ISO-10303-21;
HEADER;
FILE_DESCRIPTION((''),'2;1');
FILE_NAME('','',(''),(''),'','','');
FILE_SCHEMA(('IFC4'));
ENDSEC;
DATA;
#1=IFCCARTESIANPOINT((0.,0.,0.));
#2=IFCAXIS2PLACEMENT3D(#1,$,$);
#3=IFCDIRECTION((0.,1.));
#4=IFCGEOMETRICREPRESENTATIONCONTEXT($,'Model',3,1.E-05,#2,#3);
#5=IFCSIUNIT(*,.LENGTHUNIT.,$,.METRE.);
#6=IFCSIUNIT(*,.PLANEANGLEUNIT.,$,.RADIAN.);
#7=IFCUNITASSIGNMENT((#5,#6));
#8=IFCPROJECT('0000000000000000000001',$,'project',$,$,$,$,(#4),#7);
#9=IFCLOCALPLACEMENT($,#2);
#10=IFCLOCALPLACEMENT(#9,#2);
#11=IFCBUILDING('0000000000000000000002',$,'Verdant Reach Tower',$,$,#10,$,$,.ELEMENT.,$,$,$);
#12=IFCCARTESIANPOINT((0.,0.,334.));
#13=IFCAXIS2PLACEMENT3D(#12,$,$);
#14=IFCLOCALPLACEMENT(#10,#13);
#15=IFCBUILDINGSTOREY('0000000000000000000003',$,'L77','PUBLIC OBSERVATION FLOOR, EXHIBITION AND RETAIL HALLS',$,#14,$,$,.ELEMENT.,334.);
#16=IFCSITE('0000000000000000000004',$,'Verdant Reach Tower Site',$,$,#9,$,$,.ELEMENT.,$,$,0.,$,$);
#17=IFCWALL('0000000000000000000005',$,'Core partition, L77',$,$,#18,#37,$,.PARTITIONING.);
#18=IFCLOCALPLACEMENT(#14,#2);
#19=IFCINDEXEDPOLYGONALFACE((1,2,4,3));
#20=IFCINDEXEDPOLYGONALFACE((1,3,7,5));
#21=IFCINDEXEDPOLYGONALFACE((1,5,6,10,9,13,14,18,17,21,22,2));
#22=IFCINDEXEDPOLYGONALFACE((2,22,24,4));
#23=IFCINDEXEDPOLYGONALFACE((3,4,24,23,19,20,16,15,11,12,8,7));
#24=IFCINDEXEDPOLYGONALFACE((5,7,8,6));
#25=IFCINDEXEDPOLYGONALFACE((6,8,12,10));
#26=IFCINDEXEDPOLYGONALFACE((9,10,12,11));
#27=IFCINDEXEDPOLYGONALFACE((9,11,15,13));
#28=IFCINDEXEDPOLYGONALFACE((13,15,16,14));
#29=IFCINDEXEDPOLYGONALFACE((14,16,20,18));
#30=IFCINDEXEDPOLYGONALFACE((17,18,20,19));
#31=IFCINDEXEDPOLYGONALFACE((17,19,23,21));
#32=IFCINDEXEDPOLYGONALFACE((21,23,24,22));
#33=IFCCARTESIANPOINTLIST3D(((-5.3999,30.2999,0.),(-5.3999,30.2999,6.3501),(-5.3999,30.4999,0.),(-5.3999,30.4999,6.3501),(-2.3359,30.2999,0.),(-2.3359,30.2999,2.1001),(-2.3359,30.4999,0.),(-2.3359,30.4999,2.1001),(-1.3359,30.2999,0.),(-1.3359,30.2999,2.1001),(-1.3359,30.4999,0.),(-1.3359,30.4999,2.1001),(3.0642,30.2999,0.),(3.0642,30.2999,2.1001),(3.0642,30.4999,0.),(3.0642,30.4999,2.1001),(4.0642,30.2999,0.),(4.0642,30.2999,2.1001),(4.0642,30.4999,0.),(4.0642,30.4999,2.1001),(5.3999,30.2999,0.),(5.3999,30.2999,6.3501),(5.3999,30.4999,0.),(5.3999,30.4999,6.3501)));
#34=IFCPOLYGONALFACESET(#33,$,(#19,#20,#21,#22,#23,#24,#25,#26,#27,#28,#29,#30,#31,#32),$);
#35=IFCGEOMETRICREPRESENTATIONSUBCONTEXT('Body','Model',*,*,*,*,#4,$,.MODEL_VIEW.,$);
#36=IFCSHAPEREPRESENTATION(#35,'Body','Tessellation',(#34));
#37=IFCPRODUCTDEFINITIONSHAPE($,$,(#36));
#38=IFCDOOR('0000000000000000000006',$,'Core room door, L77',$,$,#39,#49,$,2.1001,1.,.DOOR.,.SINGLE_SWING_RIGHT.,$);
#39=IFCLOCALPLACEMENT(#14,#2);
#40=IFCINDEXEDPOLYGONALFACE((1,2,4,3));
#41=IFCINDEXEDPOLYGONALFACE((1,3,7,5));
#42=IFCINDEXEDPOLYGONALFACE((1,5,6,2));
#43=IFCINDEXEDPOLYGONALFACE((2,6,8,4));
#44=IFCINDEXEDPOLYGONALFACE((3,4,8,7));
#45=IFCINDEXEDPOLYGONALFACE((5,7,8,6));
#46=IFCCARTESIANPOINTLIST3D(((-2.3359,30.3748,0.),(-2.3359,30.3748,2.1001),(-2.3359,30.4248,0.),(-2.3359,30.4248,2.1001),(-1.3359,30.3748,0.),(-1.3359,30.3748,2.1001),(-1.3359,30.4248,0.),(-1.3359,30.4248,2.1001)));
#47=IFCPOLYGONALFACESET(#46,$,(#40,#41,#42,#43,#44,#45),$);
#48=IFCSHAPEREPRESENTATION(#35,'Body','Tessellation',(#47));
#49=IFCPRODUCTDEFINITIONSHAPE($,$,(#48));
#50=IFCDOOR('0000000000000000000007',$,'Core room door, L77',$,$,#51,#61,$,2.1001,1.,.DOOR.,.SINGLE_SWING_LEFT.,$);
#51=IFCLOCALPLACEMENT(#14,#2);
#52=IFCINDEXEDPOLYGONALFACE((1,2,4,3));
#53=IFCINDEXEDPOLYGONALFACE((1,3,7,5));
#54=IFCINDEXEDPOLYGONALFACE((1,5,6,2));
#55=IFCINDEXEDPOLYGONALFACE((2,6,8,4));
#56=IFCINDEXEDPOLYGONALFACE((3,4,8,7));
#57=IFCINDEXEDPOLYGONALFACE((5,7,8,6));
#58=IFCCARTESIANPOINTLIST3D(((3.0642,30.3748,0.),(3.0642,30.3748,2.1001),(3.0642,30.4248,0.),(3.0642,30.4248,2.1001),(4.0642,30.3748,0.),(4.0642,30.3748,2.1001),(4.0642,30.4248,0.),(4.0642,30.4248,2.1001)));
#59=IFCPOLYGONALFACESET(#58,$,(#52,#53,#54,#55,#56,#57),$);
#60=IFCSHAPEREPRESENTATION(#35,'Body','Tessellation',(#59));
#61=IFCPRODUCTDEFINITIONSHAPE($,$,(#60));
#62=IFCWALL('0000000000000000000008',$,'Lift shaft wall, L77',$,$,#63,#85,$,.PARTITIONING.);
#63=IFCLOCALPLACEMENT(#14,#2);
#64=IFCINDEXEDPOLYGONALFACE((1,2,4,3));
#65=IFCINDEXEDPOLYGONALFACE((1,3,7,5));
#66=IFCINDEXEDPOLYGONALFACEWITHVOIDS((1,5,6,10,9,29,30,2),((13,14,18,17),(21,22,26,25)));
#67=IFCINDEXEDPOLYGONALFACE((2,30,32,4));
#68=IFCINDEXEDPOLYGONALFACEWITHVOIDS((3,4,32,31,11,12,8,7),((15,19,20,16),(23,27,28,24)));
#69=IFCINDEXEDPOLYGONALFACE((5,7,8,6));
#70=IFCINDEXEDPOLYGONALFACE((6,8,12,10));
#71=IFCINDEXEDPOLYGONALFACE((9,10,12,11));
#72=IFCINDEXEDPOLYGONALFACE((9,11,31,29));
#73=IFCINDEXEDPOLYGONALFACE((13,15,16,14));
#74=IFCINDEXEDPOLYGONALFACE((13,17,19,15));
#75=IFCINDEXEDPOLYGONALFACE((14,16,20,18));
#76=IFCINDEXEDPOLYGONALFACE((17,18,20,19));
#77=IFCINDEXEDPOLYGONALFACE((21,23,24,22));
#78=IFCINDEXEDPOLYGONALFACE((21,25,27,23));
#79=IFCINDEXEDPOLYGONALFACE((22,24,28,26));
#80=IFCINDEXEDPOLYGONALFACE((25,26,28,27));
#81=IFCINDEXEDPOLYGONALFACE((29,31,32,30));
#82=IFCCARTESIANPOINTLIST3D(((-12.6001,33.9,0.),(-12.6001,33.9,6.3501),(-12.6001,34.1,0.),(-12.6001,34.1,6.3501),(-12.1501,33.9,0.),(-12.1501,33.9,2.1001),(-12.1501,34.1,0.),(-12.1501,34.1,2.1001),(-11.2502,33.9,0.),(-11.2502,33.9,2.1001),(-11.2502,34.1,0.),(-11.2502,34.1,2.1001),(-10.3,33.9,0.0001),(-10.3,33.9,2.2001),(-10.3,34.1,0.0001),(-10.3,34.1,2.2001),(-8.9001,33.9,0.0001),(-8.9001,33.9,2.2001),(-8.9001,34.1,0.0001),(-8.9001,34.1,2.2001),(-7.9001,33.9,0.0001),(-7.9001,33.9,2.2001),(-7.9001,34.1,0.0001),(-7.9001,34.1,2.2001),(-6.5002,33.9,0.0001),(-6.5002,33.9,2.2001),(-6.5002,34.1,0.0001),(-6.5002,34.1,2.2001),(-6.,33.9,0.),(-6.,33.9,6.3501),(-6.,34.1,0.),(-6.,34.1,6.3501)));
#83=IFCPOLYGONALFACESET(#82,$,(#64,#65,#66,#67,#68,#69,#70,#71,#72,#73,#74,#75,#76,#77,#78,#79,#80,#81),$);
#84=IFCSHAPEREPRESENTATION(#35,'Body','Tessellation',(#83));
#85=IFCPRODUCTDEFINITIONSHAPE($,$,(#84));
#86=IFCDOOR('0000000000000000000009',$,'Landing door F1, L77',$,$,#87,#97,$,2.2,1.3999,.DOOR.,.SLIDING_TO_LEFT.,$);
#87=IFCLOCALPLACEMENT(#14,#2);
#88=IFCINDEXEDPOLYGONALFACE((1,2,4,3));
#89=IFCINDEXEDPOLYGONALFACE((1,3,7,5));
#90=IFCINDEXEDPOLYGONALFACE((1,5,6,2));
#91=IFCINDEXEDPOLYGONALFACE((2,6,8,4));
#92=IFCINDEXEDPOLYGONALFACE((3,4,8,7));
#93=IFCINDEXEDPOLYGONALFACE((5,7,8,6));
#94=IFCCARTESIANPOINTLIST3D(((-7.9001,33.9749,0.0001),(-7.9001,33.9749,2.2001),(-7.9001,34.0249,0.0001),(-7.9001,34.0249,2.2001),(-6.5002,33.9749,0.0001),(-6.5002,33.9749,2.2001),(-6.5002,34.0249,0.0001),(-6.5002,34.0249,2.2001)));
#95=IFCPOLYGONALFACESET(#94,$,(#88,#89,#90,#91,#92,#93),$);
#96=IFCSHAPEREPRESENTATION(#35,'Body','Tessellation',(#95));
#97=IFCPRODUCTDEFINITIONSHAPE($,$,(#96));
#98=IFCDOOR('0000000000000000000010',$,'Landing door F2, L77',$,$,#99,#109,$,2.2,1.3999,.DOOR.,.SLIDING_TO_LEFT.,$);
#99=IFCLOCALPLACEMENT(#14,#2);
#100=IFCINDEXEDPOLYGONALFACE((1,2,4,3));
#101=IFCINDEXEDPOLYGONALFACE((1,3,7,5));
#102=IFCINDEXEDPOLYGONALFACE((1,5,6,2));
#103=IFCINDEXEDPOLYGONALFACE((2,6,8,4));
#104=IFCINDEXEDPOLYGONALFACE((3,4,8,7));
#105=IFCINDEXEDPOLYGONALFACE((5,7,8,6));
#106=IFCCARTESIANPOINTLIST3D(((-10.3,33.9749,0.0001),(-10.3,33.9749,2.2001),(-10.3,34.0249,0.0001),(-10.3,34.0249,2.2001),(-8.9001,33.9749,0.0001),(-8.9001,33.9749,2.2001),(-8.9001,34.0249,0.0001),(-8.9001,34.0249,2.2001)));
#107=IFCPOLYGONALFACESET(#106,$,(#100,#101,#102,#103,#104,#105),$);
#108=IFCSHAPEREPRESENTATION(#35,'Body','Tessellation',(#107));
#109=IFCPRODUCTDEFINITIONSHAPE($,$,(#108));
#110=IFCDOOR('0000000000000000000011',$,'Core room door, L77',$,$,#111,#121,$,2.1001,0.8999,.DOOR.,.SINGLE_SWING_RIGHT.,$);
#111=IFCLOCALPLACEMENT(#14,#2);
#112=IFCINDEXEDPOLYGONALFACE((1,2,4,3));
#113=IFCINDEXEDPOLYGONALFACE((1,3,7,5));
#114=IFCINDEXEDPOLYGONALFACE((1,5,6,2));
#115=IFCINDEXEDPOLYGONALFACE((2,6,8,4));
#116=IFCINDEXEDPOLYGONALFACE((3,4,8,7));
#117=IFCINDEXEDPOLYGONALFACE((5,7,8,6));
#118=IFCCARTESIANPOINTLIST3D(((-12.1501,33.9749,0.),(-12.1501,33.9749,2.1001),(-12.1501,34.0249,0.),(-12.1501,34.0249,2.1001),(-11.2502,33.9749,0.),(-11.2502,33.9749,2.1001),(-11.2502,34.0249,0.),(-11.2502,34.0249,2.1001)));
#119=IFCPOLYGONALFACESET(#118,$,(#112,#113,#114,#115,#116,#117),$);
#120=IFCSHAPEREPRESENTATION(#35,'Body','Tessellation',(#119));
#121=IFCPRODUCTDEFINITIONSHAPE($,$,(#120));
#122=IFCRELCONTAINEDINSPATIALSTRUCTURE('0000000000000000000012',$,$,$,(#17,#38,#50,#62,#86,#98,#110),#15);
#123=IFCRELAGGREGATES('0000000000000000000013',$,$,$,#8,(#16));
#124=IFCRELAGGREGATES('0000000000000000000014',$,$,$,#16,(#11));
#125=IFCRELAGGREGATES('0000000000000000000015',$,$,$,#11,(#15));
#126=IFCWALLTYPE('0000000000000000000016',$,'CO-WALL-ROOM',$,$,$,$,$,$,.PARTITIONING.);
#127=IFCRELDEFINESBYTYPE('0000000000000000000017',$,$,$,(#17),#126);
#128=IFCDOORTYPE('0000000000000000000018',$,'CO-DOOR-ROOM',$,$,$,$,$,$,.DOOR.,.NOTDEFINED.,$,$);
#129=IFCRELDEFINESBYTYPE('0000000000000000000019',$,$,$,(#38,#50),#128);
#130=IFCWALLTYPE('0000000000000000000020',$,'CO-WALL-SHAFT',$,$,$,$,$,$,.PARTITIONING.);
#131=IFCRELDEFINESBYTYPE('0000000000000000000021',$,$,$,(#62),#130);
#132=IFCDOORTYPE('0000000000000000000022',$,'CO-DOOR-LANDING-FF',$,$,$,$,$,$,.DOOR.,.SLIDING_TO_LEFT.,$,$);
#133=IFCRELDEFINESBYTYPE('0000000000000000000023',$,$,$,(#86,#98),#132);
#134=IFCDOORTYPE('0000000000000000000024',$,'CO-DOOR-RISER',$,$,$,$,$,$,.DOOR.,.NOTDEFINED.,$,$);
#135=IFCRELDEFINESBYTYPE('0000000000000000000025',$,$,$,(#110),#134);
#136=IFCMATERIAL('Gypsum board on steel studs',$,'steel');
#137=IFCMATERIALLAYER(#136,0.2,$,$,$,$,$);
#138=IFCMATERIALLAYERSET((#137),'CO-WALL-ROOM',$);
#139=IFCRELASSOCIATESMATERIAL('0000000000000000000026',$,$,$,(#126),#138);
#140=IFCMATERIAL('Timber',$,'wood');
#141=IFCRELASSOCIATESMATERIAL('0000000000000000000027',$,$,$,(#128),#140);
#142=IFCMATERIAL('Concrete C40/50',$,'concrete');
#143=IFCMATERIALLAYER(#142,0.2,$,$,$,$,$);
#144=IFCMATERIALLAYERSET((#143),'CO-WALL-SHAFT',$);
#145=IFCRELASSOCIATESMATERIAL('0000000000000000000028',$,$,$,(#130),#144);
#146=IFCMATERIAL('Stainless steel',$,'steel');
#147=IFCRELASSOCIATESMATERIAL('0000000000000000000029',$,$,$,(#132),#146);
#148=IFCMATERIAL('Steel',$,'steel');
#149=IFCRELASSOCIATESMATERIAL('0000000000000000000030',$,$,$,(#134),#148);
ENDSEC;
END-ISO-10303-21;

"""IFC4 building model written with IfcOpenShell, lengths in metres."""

from ifc_helpers import new_model, si_unit, direction, frame, frame_2d, origin, place, context, subcontext, project, spatial, rectangle, extrude, material, layer, layer_set, type_object, element, fill, save


model = new_model("IFC4")

# Units and contexts
model_context = context("Model", 3, precision=1e-05, world=origin(), true_north=direction((0.0, 1.0)))
body_context = subcontext(model_context, "Body", "Model", "MODEL_VIEW")
ifc_project = project(units=[si_unit("LENGTHUNIT", "METRE"), si_unit("PLANEANGLEUNIT", "RADIAN")], contexts=[model_context])

# Site, building, storey
site_placement = place(None, origin())
site = spatial("IfcSite", under=ifc_project, at=site_placement, Name="Verdant Reach Tower Site", CompositionType="ELEMENT", RefElevation=0.0)
building_placement = place(site_placement, origin())
building = spatial("IfcBuilding", under=site, at=building_placement, Name="Verdant Reach Tower", CompositionType="ELEMENT")
storey_placement = place(building_placement, frame((0.0, 0.0, 334.0)))
storey = spatial("IfcBuildingStorey", under=building, at=storey_placement, Name="L77", Description="PUBLIC OBSERVATION FLOOR, EXHIBITION AND RETAIL HALLS", CompositionType="ELEMENT", Elevation=334.0)

# Walls, openings, doors
ifc_material_1 = material(Name="Gypsum board on steel studs", Category="steel")
ifc_layer_1 = layer(ifc_material_1, 0.2)
ifc_layer_set_1 = layer_set([ifc_layer_1], Name="CO-WALL-ROOM")
wall_type_1 = type_object("IfcWallType", Name="CO-WALL-ROOM", PredefinedType="PARTITIONING", material=ifc_layer_set_1)
wall_1_placement = place(storey_placement, frame((-5.3999, 30.3999, 0.0), z_axis=(0.0, 0.0, 1.0), x_axis=(1.0, 0.0, 0.0)))
wall_1 = element("IfcWall", 1, at=wall_1_placement, inside=storey, type_object=wall_type_1, Name="Core partition, L77", PredefinedType="PARTITIONING", context=body_context, shape_type="SweptSolid", body=[
    extrude(rectangle(XDim=10.7998, YDim=0.2, at=frame_2d((5.3999, 0.0))), origin(), (0.0, 0.0, 1.0), 6.3501),
])
opening_1_placement = place(wall_1_placement, frame((3.064, 0.0, 0.0)))
opening_1 = element("IfcOpeningElement", 2, at=opening_1_placement, cuts=wall_1, PredefinedType="OPENING", context=body_context, shape_type="SweptSolid", body=[
    extrude(rectangle(XDim=1.0, YDim=2.1001, at=frame_2d((0.5, 1.05))), frame((0.0, 0.1099, 0.0), z_axis=(0.0, -1.0, 0.0), x_axis=(1.0, 0.0, 0.0)), (0.0, 0.0, 1.0), 0.22),
])
opening_2_placement = place(wall_1_placement, frame((8.4641, 0.0, 0.0)))
opening_2 = element("IfcOpeningElement", 3, at=opening_2_placement, cuts=wall_1, PredefinedType="OPENING", context=body_context, shape_type="SweptSolid", body=[
    extrude(rectangle(XDim=1.0, YDim=2.1001, at=frame_2d((0.5, 1.05))), frame((0.0, 0.1099, 0.0), z_axis=(0.0, -1.0, 0.0), x_axis=(1.0, 0.0, 0.0)), (0.0, 0.0, 1.0), 0.22),
])
ifc_material_2 = material(Name="Timber", Category="wood")
door_type_1 = type_object("IfcDoorType", Name="CO-DOOR-ROOM", OperationType="NOTDEFINED", PredefinedType="DOOR", material=ifc_material_2)
door_1_placement = place(opening_1_placement, origin())
door_1 = element("IfcDoor", 4, at=door_1_placement, inside=storey, type_object=door_type_1, Name="Core room door, L77", OperationType="SINGLE_SWING_RIGHT", OverallHeight=2.1001, OverallWidth=1.0, PredefinedType="DOOR", context=body_context, shape_type="SweptSolid", body=[
    extrude(rectangle(XDim=1.0, YDim=2.1001, at=frame_2d((0.5, 1.05))), frame((0.0, 0.0249, 0.0), z_axis=(0.0, -1.0, 0.0), x_axis=(1.0, 0.0, 0.0)), (0.0, 0.0, 1.0), 0.05),
])
fill(opening_1, door_1)
door_2_placement = place(opening_2_placement, origin())
door_2 = element("IfcDoor", 5, at=door_2_placement, inside=storey, type_object=door_type_1, Name="Core room door, L77", OperationType="SINGLE_SWING_LEFT", OverallHeight=2.1001, OverallWidth=1.0, PredefinedType="DOOR", context=body_context, shape_type="SweptSolid", body=[
    extrude(rectangle(XDim=1.0, YDim=2.1001, at=frame_2d((0.5, 1.05))), frame((0.0, 0.0249, 0.0), z_axis=(0.0, -1.0, 0.0), x_axis=(1.0, 0.0, 0.0)), (0.0, 0.0, 1.0), 0.05),
])
fill(opening_2, door_2)
ifc_material_3 = material(Name="Concrete C40/50", Category="concrete")
ifc_layer_2 = layer(ifc_material_3, 0.2)
ifc_layer_set_2 = layer_set([ifc_layer_2], Name="CO-WALL-SHAFT")
wall_type_2 = type_object("IfcWallType", Name="CO-WALL-SHAFT", PredefinedType="PARTITIONING", material=ifc_layer_set_2)
wall_2_placement = place(storey_placement, frame((-12.6001, 34.0, 0.0), z_axis=(0.0, 0.0, 1.0), x_axis=(1.0, 0.0, 0.0)))
wall_2 = element("IfcWall", 6, at=wall_2_placement, inside=storey, type_object=wall_type_2, Name="Lift shaft wall, L77", PredefinedType="PARTITIONING", context=body_context, shape_type="SweptSolid", body=[
    extrude(rectangle(XDim=6.6001, YDim=0.2, at=frame_2d((3.3, 0.0))), origin(), (0.0, 0.0, 1.0), 6.3501),
])
opening_3_placement = place(wall_2_placement, frame((4.7, 0.0, 0.0)))
opening_3 = element("IfcOpeningElement", 7, at=opening_3_placement, cuts=wall_2, PredefinedType="OPENING", context=body_context, shape_type="SweptSolid", body=[
    extrude(rectangle(XDim=1.3999, YDim=2.2, at=frame_2d((0.7, 1.1001))), frame((0.0, 0.1099, 0.0), z_axis=(0.0, -1.0, 0.0), x_axis=(1.0, 0.0, 0.0)), (0.0, 0.0, 1.0), 0.22),
])
opening_4_placement = place(wall_2_placement, frame((2.3, 0.0, 0.0)))
opening_4 = element("IfcOpeningElement", 8, at=opening_4_placement, cuts=wall_2, PredefinedType="OPENING", context=body_context, shape_type="SweptSolid", body=[
    extrude(rectangle(XDim=1.3999, YDim=2.2, at=frame_2d((0.7, 1.1001))), frame((0.0, 0.1099, 0.0), z_axis=(0.0, -1.0, 0.0), x_axis=(1.0, 0.0, 0.0)), (0.0, 0.0, 1.0), 0.22),
])
opening_5_placement = place(wall_2_placement, frame((0.45, 0.0, 0.0)))
opening_5 = element("IfcOpeningElement", 9, at=opening_5_placement, cuts=wall_2, PredefinedType="OPENING", context=body_context, shape_type="SweptSolid", body=[
    extrude(rectangle(XDim=0.8999, YDim=2.1001, at=frame_2d((0.45, 1.05))), frame((0.0, 0.1099, 0.0), z_axis=(0.0, -1.0, 0.0), x_axis=(1.0, 0.0, 0.0)), (0.0, 0.0, 1.0), 0.22),
])
ifc_material_4 = material(Name="Stainless steel", Category="steel")
door_type_2 = type_object("IfcDoorType", Name="CO-DOOR-LANDING-FF", OperationType="SLIDING_TO_LEFT", PredefinedType="DOOR", material=ifc_material_4)
door_3_placement = place(opening_3_placement, origin())
door_3 = element("IfcDoor", 10, at=door_3_placement, inside=storey, type_object=door_type_2, Name="Landing door F1, L77", OperationType="SLIDING_TO_LEFT", OverallHeight=2.2, OverallWidth=1.3999, PredefinedType="DOOR", context=body_context, shape_type="SweptSolid", body=[
    extrude(rectangle(XDim=1.3999, YDim=2.2, at=frame_2d((0.7, 1.1001))), frame((0.0, 0.0249, 0.0), z_axis=(0.0, -1.0, 0.0), x_axis=(1.0, 0.0, 0.0)), (0.0, 0.0, 1.0), 0.05),
])
fill(opening_3, door_3)
door_4_placement = place(opening_4_placement, origin())
door_4 = element("IfcDoor", 11, at=door_4_placement, inside=storey, type_object=door_type_2, Name="Landing door F2, L77", OperationType="SLIDING_TO_LEFT", OverallHeight=2.2, OverallWidth=1.3999, PredefinedType="DOOR", context=body_context, shape_type="SweptSolid", body=[
    extrude(rectangle(XDim=1.3999, YDim=2.2, at=frame_2d((0.7, 1.1001))), frame((0.0, 0.0249, 0.0), z_axis=(0.0, -1.0, 0.0), x_axis=(1.0, 0.0, 0.0)), (0.0, 0.0, 1.0), 0.05),
])
fill(opening_4, door_4)
ifc_material_5 = material(Name="Steel", Category="steel")
door_type_3 = type_object("IfcDoorType", Name="CO-DOOR-RISER", OperationType="NOTDEFINED", PredefinedType="DOOR", material=ifc_material_5)
door_5_placement = place(opening_5_placement, origin())
door_5 = element("IfcDoor", 12, at=door_5_placement, inside=storey, type_object=door_type_3, Name="Core room door, L77", OperationType="SINGLE_SWING_RIGHT", OverallHeight=2.1001, OverallWidth=0.8999, PredefinedType="DOOR", context=body_context, shape_type="SweptSolid", body=[
    extrude(rectangle(XDim=0.8999, YDim=2.1001, at=frame_2d((0.45, 1.05))), frame((0.0, 0.0249, 0.0), z_axis=(0.0, -1.0, 0.0), x_axis=(1.0, 0.0, 0.0)), (0.0, 0.0, 1.0), 0.05),
])
fill(opening_5, door_5)

save(model, "model.ifc")
